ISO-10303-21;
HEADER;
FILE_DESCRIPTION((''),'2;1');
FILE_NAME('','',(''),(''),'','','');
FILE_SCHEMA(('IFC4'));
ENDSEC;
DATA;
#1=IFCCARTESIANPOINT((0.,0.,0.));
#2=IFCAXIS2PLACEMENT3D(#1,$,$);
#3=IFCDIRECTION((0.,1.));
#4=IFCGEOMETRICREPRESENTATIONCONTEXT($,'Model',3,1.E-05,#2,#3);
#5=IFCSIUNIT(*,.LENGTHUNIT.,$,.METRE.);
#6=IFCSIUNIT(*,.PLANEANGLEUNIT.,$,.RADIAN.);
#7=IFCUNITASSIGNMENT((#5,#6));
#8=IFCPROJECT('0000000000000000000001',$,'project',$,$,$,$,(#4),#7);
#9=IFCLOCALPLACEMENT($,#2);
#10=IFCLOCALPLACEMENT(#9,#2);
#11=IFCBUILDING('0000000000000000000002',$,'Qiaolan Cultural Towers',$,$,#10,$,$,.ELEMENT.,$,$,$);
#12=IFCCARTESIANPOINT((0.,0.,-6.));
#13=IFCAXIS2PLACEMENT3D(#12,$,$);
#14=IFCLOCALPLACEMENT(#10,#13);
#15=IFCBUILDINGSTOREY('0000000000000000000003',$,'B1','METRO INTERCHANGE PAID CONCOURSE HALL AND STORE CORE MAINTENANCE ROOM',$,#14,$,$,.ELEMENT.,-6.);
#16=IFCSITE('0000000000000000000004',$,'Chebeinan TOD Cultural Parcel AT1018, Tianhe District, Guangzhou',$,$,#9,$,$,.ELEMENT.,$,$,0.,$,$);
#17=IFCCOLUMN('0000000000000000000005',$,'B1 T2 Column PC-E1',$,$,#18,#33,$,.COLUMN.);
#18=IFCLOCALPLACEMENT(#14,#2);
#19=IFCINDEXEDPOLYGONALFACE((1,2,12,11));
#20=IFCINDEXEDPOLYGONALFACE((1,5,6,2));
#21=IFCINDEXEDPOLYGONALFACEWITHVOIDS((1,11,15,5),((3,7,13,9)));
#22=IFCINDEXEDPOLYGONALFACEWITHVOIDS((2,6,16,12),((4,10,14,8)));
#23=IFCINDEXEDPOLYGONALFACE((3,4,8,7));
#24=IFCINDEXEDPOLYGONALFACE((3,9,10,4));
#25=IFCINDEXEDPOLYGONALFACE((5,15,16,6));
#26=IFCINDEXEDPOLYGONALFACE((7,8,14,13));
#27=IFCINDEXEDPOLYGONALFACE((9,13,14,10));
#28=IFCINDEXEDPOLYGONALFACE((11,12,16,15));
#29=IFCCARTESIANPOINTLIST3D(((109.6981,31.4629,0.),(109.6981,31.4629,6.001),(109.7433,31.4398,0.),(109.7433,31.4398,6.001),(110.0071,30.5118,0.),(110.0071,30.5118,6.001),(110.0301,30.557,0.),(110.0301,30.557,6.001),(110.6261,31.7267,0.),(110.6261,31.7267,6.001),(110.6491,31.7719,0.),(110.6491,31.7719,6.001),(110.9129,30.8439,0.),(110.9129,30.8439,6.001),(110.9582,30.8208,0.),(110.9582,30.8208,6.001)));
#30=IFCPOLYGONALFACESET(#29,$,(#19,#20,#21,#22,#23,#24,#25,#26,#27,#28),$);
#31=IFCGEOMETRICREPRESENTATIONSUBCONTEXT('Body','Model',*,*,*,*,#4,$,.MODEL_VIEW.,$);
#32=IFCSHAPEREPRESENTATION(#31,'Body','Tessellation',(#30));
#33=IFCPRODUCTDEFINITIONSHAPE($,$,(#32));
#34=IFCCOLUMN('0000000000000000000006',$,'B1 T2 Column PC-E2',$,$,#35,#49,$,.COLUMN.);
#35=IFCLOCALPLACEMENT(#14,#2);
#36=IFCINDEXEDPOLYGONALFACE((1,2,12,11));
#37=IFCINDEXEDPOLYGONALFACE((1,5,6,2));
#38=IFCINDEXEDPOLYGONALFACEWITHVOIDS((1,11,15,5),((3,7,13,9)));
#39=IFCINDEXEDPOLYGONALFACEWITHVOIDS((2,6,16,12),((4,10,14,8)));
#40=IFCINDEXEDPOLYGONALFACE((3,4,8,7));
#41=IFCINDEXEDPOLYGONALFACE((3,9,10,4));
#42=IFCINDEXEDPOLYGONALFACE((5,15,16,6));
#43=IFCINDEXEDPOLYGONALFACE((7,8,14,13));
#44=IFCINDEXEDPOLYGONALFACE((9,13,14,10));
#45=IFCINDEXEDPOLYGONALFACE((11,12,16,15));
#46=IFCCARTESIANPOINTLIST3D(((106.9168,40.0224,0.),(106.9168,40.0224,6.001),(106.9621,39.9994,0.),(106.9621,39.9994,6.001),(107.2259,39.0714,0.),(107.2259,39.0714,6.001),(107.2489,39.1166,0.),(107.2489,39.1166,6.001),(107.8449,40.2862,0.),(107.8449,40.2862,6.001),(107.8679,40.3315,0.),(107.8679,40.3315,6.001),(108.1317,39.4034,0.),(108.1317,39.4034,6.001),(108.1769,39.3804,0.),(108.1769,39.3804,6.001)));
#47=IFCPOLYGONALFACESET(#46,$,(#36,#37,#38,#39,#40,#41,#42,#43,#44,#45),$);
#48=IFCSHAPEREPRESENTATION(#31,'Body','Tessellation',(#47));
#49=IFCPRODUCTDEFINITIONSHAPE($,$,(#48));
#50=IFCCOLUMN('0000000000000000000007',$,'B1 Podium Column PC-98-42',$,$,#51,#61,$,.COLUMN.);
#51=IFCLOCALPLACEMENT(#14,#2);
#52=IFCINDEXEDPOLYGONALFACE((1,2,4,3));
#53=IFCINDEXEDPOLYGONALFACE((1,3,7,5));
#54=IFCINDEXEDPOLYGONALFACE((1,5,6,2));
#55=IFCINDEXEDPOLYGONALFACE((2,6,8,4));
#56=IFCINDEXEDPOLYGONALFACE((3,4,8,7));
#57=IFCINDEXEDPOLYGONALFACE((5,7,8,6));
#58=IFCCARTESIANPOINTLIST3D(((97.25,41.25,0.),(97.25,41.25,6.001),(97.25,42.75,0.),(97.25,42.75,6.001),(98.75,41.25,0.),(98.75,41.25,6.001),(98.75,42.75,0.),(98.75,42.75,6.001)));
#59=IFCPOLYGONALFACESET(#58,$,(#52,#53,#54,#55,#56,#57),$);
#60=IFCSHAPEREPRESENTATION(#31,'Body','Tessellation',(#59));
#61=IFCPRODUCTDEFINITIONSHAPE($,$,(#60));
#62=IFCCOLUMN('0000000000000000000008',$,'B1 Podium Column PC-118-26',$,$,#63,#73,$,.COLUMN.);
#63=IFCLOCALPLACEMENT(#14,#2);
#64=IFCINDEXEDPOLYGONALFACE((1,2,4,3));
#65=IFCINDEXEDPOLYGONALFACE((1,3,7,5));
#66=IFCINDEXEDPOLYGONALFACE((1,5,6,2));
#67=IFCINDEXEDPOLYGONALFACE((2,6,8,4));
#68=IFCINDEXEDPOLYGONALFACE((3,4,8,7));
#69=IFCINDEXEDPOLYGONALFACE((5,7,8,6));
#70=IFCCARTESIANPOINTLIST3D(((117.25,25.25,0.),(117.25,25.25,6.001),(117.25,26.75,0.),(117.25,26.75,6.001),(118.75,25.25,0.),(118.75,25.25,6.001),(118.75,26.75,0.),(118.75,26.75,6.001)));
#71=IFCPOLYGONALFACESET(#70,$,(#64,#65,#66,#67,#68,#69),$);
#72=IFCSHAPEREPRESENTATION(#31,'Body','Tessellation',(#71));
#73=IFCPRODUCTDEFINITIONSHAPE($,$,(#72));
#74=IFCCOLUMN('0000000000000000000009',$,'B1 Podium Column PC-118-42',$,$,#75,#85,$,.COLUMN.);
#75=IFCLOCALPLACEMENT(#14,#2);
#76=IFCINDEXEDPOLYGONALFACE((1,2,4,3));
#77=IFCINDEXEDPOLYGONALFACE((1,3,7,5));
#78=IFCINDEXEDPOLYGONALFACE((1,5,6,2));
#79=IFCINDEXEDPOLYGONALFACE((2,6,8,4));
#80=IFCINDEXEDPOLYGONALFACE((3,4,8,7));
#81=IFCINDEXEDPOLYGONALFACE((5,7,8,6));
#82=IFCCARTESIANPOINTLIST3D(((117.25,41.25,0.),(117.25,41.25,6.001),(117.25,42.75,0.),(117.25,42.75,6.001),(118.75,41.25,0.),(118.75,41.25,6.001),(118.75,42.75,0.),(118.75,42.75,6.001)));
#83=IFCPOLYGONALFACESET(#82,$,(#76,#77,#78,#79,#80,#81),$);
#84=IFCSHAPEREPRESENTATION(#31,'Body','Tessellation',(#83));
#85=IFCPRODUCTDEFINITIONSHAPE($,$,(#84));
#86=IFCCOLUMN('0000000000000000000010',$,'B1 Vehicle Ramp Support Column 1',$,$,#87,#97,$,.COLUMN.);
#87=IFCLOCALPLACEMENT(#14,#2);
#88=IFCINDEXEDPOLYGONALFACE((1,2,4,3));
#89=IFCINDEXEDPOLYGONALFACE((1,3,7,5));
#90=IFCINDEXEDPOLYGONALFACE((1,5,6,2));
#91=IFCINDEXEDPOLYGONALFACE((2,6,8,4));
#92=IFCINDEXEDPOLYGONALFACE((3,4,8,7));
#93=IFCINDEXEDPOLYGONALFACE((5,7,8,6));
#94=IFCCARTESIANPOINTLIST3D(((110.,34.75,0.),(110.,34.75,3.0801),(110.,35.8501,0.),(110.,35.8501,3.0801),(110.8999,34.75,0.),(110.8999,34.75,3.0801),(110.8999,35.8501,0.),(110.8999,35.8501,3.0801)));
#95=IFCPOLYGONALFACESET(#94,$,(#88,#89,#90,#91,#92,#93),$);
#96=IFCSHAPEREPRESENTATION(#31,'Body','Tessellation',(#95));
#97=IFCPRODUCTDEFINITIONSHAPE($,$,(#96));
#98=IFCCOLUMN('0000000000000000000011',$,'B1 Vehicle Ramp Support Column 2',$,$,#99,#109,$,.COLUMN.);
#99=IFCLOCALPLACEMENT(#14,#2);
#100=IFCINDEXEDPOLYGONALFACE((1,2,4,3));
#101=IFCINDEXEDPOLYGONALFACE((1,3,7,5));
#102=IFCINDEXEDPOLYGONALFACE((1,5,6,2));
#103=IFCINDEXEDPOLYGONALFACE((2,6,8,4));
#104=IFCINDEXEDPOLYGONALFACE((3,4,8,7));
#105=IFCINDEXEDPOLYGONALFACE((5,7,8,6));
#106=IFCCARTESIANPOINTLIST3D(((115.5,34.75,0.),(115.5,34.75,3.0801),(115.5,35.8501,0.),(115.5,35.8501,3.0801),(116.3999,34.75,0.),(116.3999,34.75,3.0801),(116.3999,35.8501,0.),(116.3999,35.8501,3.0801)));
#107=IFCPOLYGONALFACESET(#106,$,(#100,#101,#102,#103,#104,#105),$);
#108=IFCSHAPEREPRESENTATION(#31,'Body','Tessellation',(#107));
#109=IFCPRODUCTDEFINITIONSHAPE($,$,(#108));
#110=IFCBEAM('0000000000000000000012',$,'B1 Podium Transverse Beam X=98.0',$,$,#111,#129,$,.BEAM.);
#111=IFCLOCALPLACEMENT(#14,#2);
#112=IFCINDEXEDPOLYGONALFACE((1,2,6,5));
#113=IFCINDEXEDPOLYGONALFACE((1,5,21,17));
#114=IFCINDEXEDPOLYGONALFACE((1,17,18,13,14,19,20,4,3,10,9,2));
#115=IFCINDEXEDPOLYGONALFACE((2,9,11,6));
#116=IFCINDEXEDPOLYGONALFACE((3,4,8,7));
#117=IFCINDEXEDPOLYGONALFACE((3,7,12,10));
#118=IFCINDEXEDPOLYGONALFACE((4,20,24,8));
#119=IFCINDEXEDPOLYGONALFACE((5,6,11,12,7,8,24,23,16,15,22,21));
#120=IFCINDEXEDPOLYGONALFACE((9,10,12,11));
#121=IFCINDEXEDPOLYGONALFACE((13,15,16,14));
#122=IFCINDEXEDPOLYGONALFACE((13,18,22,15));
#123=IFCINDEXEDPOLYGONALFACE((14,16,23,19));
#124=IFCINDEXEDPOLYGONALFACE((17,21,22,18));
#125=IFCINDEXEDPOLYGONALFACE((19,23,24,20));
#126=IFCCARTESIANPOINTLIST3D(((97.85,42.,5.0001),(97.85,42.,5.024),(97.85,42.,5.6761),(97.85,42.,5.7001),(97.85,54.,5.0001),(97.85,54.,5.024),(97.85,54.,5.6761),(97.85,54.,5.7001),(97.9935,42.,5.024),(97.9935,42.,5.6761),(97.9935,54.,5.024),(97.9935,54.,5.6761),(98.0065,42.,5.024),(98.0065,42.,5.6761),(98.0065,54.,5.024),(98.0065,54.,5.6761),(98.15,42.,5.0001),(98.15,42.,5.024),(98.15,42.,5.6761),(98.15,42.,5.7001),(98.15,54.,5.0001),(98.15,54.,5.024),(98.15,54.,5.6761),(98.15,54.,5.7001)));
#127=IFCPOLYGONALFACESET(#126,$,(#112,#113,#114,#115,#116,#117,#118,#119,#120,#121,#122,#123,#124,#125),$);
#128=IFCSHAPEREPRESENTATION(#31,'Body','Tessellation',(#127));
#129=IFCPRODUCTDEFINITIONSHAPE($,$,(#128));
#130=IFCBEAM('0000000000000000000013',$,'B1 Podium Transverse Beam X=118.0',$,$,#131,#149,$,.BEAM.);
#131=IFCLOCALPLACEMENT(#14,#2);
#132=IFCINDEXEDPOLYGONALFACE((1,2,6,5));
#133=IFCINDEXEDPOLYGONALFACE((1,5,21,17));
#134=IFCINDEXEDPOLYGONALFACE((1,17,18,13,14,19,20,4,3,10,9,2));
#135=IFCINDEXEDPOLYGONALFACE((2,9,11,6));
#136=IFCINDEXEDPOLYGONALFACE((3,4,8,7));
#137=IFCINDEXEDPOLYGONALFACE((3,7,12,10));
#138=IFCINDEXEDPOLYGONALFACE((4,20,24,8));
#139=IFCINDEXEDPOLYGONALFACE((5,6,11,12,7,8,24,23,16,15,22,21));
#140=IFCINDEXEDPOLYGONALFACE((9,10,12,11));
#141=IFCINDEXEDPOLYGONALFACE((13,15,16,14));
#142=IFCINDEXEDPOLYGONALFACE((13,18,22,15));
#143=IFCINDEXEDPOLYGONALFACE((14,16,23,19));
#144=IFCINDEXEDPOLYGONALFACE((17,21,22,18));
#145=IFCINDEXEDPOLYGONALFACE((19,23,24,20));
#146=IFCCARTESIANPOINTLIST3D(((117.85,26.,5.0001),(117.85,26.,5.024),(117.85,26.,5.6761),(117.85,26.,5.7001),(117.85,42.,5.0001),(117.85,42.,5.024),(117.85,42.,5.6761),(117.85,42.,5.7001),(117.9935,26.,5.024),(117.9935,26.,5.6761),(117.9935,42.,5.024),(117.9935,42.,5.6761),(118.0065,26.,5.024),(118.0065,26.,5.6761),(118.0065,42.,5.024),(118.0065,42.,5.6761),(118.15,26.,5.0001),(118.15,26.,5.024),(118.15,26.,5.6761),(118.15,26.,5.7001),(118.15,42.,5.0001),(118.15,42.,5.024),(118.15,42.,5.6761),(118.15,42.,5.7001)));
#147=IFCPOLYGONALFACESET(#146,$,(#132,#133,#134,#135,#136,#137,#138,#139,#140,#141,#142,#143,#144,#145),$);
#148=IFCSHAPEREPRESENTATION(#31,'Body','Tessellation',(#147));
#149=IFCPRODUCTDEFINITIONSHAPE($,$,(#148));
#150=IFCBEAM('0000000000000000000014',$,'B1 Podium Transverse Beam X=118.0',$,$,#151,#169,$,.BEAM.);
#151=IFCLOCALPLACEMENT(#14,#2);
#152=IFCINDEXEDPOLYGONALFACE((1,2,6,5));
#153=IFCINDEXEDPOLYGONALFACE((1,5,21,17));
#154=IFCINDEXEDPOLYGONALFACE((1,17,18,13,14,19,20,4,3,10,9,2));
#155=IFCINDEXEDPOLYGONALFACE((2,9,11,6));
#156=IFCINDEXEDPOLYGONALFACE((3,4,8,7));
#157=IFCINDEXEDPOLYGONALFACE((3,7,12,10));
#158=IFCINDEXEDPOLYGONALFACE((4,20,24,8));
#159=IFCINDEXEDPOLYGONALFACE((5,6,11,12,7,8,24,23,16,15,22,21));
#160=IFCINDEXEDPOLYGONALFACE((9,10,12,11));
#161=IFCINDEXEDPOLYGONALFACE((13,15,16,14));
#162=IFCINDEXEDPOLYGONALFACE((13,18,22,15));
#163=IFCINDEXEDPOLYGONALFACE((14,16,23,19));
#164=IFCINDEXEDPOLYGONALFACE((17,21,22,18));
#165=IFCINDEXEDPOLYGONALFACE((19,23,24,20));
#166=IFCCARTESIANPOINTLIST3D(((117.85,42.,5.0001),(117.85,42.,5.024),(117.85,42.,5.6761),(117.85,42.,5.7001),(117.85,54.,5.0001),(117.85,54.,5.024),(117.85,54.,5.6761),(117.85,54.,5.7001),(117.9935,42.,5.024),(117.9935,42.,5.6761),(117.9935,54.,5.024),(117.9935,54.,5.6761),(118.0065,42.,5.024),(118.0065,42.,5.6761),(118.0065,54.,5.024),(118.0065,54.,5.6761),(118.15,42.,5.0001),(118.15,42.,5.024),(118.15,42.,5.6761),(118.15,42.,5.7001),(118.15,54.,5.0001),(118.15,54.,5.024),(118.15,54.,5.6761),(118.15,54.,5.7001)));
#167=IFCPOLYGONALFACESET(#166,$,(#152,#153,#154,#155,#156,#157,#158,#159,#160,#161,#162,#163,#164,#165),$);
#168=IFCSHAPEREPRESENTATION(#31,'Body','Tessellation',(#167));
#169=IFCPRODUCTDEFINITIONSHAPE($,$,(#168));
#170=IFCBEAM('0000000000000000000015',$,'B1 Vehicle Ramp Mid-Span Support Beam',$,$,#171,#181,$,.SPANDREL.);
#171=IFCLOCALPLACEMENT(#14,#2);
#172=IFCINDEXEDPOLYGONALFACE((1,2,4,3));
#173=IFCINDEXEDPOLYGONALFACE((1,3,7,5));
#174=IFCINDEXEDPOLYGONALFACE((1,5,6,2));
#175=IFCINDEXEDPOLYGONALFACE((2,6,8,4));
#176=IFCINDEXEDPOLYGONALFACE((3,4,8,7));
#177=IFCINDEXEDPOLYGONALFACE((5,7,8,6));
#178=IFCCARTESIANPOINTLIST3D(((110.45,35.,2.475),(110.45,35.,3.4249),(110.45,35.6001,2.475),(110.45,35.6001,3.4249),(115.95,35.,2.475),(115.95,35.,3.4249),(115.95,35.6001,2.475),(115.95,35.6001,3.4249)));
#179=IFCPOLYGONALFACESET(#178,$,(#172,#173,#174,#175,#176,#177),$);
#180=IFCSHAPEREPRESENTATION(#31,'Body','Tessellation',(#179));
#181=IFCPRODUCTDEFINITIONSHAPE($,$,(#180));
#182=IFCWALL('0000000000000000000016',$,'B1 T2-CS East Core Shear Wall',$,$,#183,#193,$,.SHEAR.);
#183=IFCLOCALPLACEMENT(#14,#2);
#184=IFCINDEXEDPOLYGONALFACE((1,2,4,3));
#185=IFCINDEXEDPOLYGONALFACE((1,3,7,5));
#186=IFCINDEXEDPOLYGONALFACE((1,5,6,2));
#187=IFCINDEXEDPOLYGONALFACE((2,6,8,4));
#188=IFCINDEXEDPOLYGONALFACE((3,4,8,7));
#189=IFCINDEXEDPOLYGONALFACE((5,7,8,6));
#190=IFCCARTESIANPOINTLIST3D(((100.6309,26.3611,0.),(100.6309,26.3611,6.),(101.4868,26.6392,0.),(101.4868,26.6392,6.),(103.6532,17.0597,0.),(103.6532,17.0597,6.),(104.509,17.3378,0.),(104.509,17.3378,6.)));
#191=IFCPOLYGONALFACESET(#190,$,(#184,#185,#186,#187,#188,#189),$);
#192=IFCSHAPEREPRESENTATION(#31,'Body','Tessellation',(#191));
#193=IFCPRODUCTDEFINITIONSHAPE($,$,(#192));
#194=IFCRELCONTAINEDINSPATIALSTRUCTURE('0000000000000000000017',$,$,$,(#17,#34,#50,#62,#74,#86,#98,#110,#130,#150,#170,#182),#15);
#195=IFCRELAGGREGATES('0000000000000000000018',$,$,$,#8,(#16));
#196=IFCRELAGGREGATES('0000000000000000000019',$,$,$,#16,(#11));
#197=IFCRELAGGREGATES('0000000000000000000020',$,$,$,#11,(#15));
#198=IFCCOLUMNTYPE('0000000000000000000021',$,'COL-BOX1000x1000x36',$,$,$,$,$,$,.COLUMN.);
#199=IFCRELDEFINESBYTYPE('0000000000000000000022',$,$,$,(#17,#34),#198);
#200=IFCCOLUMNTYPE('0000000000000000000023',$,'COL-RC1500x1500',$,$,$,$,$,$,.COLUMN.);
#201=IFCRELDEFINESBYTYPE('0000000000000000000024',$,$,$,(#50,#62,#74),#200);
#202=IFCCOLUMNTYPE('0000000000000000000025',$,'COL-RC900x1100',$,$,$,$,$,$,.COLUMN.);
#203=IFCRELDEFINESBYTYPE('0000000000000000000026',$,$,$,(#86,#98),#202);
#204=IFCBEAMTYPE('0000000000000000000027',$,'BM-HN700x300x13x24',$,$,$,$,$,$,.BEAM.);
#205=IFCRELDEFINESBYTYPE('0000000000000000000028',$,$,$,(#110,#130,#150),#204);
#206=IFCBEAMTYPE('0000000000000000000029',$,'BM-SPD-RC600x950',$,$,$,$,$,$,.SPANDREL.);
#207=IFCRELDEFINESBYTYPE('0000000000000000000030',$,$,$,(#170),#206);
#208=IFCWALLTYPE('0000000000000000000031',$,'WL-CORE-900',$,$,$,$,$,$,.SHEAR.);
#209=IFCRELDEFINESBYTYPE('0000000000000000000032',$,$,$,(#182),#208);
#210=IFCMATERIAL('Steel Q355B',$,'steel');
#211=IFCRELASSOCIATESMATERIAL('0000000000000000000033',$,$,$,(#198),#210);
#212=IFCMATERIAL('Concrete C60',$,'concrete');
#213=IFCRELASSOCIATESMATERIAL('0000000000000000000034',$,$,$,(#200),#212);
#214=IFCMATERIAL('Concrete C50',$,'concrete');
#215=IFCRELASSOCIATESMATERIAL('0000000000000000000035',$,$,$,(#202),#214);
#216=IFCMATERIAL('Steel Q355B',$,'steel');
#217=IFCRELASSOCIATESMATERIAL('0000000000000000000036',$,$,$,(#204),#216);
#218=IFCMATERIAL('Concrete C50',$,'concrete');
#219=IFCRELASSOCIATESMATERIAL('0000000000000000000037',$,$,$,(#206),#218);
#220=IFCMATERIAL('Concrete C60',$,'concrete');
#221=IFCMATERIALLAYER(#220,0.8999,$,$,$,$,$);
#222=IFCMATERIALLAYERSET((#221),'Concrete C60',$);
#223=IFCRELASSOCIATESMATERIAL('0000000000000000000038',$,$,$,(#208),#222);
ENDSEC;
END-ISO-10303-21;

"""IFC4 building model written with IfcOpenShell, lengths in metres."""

from ifc_helpers import new_model, si_unit, direction, frame, frame_2d, origin, origin_2d, place, context, subcontext, project, spatial, rectangle, hollow_rectangle, i_section, extrude, material, layer, layer_set, material_profile, profile_set, type_object, element, save


model = new_model("IFC4")

# Units and contexts
model_context = context("Model", 3, precision=1e-05, world=origin(), true_north=direction((0.0, 1.0)))
body_context = subcontext(model_context, "Body", "Model", "MODEL_VIEW")
ifc_project = project(units=[si_unit("LENGTHUNIT", "METRE"), si_unit("PLANEANGLEUNIT", "RADIAN")], contexts=[model_context])

# Site, building, storey
site_placement = place(None, origin())
site = spatial("IfcSite", under=ifc_project, at=site_placement, Name="Chebeinan TOD Cultural Parcel AT1018, Tianhe District, Guangzhou", CompositionType="ELEMENT", RefElevation=0.0)
building_placement = place(site_placement, origin())
building = spatial("IfcBuilding", under=site, at=building_placement, Name="Qiaolan Cultural Towers", CompositionType="ELEMENT")
storey_placement = place(building_placement, frame((0.0, 0.0, -6.0)))
storey = spatial("IfcBuildingStorey", under=building, at=storey_placement, Name="B1", Description="METRO INTERCHANGE PAID CONCOURSE HALL AND STORE CORE MAINTENANCE ROOM", CompositionType="ELEMENT", Elevation=-6.0)

# Columns
ifc_material_1 = material(Name="Steel Q355B", Category="steel")
ifc_material_profile_1 = material_profile(ifc_material_1, hollow_rectangle(XDim=1.0, YDim=1.0, WallThickness=0.0359, at=origin_2d()), Name="BOX1000x1000x36")
ifc_profile_set_1 = profile_set([ifc_material_profile_1], Name="Steel Q355B")
column_type_1 = type_object("IfcColumnType", Name="COL-BOX1000x1000x36", PredefinedType="COLUMN", material=ifc_profile_set_1)
for number, where, z_axis, x_axis, name in (
    (1, (110.3281, 31.1418, 0.0), (0.0, 0.0, 1.0), (0.951057, 0.309017, 0.0), "B1 T2 Column PC-E1"),
    (2, (107.5469, 39.7014, 0.0), (0.0, 0.0, 1.0), (0.951057, 0.309017, 0.0), "B1 T2 Column PC-E2"),
):
    element("IfcColumn", number, at=place(storey_placement, frame(where, z_axis=z_axis, x_axis=x_axis)), inside=storey, type_object=column_type_1, Name=name, PredefinedType="COLUMN", context=body_context, shape_type="SweptSolid", body=[
        extrude(hollow_rectangle(XDim=1.0, YDim=1.0, WallThickness=0.0359, at=origin_2d()), origin(), (0.0, 0.0, 1.0), 6.001),
    ])
ifc_material_2 = material(Name="Concrete C60", Category="concrete")
ifc_material_profile_2 = material_profile(ifc_material_2, rectangle(XDim=1.5, YDim=1.5, at=origin_2d()), Name="RC1500x1500")
ifc_profile_set_2 = profile_set([ifc_material_profile_2], Name="Concrete C60")
column_type_2 = type_object("IfcColumnType", Name="COL-RC1500x1500", PredefinedType="COLUMN", material=ifc_profile_set_2)
for number, where, z_axis, x_axis, name in (
    (3, (98.0, 42.0, 0.0), (0.0, 0.0, 1.0), (1.0, 0.0, 0.0), "B1 Podium Column PC-98-42"),
    (4, (118.0, 26.0, 0.0), (0.0, 0.0, 1.0), (1.0, 0.0, 0.0), "B1 Podium Column PC-118-26"),
    (5, (118.0, 42.0, 0.0), (0.0, 0.0, 1.0), (1.0, 0.0, 0.0), "B1 Podium Column PC-118-42"),
):
    element("IfcColumn", number, at=place(storey_placement, frame(where, z_axis=z_axis, x_axis=x_axis)), inside=storey, type_object=column_type_2, Name=name, PredefinedType="COLUMN", context=body_context, shape_type="SweptSolid", body=[
        extrude(rectangle(XDim=1.5, YDim=1.5, at=origin_2d()), origin(), (0.0, 0.0, 1.0), 6.001),
    ])
ifc_material_3 = material(Name="Concrete C50", Category="concrete")
ifc_material_profile_3 = material_profile(ifc_material_3, rectangle(XDim=0.8999, YDim=1.1001, at=origin_2d()), Name="RC900x1100")
ifc_profile_set_3 = profile_set([ifc_material_profile_3], Name="Concrete C50")
column_type_3 = type_object("IfcColumnType", Name="COL-RC900x1100", PredefinedType="COLUMN", material=ifc_profile_set_3)
for number, where, z_axis, x_axis, name in (
    (6, (110.45, 35.3, 0.0), (0.0, 0.0, 1.0), (1.0, 0.0, 0.0), "B1 Vehicle Ramp Support Column 1"),
    (7, (115.95, 35.3, 0.0), (0.0, 0.0, 1.0), (1.0, 0.0, 0.0), "B1 Vehicle Ramp Support Column 2"),
):
    element("IfcColumn", number, at=place(storey_placement, frame(where, z_axis=z_axis, x_axis=x_axis)), inside=storey, type_object=column_type_3, Name=name, PredefinedType="COLUMN", context=body_context, shape_type="SweptSolid", body=[
        extrude(rectangle(XDim=0.8999, YDim=1.1001, at=origin_2d()), origin(), (0.0, 0.0, 1.0), 3.0801),
    ])

# Beams
ifc_material_4 = material(Name="Steel Q355B", Category="steel")
ifc_material_profile_4 = material_profile(ifc_material_4, i_section(OverallWidth=0.3, OverallDepth=0.7, WebThickness=0.0129, FlangeThickness=0.0239, at=origin_2d()), Name="HN700x300x13x24")
ifc_profile_set_4 = profile_set([ifc_material_profile_4], Name="Steel Q355B")
beam_type_1 = type_object("IfcBeamType", Name="BM-HN700x300x13x24", PredefinedType="BEAM", material=ifc_profile_set_4)
beam_1_placement = place(storey_placement, frame((98.0, 42.0, 5.3501), z_axis=(0.0, 1.0, 0.0), x_axis=(-1.0, 0.0, 0.0)))
element("IfcBeam", 8, at=beam_1_placement, inside=storey, type_object=beam_type_1, Name="B1 Podium Transverse Beam X=98.0", PredefinedType="BEAM", context=body_context, shape_type="SweptSolid", body=[
    extrude(i_section(OverallWidth=0.3, OverallDepth=0.7, WebThickness=0.0129, FlangeThickness=0.0239, at=origin_2d()), origin(), (0.0, 0.0, 1.0), 12.0),
])
beam_2_placement = place(storey_placement, frame((118.0, 26.0, 5.3501), z_axis=(0.0, 1.0, 0.0), x_axis=(-1.0, 0.0, 0.0)))
element("IfcBeam", 9, at=beam_2_placement, inside=storey, type_object=beam_type_1, Name="B1 Podium Transverse Beam X=118.0", PredefinedType="BEAM", context=body_context, shape_type="SweptSolid", body=[
    extrude(i_section(OverallWidth=0.3, OverallDepth=0.7, WebThickness=0.0129, FlangeThickness=0.0239, at=origin_2d()), origin(), (0.0, 0.0, 1.0), 16.0),
])
beam_3_placement = place(storey_placement, frame((118.0, 42.0, 5.3501), z_axis=(0.0, 1.0, 0.0), x_axis=(-1.0, 0.0, 0.0)))
element("IfcBeam", 10, at=beam_3_placement, inside=storey, type_object=beam_type_1, Name="B1 Podium Transverse Beam X=118.0", PredefinedType="BEAM", context=body_context, shape_type="SweptSolid", body=[
    extrude(i_section(OverallWidth=0.3, OverallDepth=0.7, WebThickness=0.0129, FlangeThickness=0.0239, at=origin_2d()), origin(), (0.0, 0.0, 1.0), 12.0),
])
ifc_material_5 = material(Name="Concrete C50", Category="concrete")
ifc_material_profile_5 = material_profile(ifc_material_5, rectangle(XDim=0.6001, YDim=0.95, at=origin_2d()), Name="RC600x950")
ifc_profile_set_5 = profile_set([ifc_material_profile_5], Name="Concrete C50")
beam_type_2 = type_object("IfcBeamType", Name="BM-SPD-RC600x950", PredefinedType="SPANDREL", material=ifc_profile_set_5)
beam_4_placement = place(storey_placement, frame((110.45, 35.3, 2.95), z_axis=(1.0, 0.0, 0.0), x_axis=(0.0, 1.0, 0.0)))
element("IfcBeam", 11, at=beam_4_placement, inside=storey, type_object=beam_type_2, Name="B1 Vehicle Ramp Mid-Span Support Beam", PredefinedType="SPANDREL", context=body_context, shape_type="SweptSolid", body=[
    extrude(rectangle(XDim=0.6001, YDim=0.95, at=origin_2d()), origin(), (0.0, 0.0, 1.0), 5.5),
])

# Wall
ifc_material_6 = material(Name="Concrete C60", Category="concrete")
ifc_layer_1 = layer(ifc_material_6, 0.8999)
ifc_layer_set_1 = layer_set([ifc_layer_1], Name="Concrete C60")
wall_type_1 = type_object("IfcWallType", Name="WL-CORE-900", PredefinedType="SHEAR", material=ifc_layer_set_1)
wall_1_placement = place(storey_placement, frame((101.0588, 26.5002, 0.0), z_axis=(0.0, 0.0, 1.0), x_axis=(0.309022, -0.951055, 0.0)))
element("IfcWall", 12, at=wall_1_placement, inside=storey, type_object=wall_type_1, Name="B1 T2-CS East Core Shear Wall", PredefinedType="SHEAR", context=body_context, shape_type="SweptSolid", body=[
    extrude(rectangle(XDim=9.78, YDim=0.8999, at=frame_2d((4.8901, 0.0))), origin(), (0.0, 0.0, 1.0), 6.0),
])

save(model, "model.ifc")
